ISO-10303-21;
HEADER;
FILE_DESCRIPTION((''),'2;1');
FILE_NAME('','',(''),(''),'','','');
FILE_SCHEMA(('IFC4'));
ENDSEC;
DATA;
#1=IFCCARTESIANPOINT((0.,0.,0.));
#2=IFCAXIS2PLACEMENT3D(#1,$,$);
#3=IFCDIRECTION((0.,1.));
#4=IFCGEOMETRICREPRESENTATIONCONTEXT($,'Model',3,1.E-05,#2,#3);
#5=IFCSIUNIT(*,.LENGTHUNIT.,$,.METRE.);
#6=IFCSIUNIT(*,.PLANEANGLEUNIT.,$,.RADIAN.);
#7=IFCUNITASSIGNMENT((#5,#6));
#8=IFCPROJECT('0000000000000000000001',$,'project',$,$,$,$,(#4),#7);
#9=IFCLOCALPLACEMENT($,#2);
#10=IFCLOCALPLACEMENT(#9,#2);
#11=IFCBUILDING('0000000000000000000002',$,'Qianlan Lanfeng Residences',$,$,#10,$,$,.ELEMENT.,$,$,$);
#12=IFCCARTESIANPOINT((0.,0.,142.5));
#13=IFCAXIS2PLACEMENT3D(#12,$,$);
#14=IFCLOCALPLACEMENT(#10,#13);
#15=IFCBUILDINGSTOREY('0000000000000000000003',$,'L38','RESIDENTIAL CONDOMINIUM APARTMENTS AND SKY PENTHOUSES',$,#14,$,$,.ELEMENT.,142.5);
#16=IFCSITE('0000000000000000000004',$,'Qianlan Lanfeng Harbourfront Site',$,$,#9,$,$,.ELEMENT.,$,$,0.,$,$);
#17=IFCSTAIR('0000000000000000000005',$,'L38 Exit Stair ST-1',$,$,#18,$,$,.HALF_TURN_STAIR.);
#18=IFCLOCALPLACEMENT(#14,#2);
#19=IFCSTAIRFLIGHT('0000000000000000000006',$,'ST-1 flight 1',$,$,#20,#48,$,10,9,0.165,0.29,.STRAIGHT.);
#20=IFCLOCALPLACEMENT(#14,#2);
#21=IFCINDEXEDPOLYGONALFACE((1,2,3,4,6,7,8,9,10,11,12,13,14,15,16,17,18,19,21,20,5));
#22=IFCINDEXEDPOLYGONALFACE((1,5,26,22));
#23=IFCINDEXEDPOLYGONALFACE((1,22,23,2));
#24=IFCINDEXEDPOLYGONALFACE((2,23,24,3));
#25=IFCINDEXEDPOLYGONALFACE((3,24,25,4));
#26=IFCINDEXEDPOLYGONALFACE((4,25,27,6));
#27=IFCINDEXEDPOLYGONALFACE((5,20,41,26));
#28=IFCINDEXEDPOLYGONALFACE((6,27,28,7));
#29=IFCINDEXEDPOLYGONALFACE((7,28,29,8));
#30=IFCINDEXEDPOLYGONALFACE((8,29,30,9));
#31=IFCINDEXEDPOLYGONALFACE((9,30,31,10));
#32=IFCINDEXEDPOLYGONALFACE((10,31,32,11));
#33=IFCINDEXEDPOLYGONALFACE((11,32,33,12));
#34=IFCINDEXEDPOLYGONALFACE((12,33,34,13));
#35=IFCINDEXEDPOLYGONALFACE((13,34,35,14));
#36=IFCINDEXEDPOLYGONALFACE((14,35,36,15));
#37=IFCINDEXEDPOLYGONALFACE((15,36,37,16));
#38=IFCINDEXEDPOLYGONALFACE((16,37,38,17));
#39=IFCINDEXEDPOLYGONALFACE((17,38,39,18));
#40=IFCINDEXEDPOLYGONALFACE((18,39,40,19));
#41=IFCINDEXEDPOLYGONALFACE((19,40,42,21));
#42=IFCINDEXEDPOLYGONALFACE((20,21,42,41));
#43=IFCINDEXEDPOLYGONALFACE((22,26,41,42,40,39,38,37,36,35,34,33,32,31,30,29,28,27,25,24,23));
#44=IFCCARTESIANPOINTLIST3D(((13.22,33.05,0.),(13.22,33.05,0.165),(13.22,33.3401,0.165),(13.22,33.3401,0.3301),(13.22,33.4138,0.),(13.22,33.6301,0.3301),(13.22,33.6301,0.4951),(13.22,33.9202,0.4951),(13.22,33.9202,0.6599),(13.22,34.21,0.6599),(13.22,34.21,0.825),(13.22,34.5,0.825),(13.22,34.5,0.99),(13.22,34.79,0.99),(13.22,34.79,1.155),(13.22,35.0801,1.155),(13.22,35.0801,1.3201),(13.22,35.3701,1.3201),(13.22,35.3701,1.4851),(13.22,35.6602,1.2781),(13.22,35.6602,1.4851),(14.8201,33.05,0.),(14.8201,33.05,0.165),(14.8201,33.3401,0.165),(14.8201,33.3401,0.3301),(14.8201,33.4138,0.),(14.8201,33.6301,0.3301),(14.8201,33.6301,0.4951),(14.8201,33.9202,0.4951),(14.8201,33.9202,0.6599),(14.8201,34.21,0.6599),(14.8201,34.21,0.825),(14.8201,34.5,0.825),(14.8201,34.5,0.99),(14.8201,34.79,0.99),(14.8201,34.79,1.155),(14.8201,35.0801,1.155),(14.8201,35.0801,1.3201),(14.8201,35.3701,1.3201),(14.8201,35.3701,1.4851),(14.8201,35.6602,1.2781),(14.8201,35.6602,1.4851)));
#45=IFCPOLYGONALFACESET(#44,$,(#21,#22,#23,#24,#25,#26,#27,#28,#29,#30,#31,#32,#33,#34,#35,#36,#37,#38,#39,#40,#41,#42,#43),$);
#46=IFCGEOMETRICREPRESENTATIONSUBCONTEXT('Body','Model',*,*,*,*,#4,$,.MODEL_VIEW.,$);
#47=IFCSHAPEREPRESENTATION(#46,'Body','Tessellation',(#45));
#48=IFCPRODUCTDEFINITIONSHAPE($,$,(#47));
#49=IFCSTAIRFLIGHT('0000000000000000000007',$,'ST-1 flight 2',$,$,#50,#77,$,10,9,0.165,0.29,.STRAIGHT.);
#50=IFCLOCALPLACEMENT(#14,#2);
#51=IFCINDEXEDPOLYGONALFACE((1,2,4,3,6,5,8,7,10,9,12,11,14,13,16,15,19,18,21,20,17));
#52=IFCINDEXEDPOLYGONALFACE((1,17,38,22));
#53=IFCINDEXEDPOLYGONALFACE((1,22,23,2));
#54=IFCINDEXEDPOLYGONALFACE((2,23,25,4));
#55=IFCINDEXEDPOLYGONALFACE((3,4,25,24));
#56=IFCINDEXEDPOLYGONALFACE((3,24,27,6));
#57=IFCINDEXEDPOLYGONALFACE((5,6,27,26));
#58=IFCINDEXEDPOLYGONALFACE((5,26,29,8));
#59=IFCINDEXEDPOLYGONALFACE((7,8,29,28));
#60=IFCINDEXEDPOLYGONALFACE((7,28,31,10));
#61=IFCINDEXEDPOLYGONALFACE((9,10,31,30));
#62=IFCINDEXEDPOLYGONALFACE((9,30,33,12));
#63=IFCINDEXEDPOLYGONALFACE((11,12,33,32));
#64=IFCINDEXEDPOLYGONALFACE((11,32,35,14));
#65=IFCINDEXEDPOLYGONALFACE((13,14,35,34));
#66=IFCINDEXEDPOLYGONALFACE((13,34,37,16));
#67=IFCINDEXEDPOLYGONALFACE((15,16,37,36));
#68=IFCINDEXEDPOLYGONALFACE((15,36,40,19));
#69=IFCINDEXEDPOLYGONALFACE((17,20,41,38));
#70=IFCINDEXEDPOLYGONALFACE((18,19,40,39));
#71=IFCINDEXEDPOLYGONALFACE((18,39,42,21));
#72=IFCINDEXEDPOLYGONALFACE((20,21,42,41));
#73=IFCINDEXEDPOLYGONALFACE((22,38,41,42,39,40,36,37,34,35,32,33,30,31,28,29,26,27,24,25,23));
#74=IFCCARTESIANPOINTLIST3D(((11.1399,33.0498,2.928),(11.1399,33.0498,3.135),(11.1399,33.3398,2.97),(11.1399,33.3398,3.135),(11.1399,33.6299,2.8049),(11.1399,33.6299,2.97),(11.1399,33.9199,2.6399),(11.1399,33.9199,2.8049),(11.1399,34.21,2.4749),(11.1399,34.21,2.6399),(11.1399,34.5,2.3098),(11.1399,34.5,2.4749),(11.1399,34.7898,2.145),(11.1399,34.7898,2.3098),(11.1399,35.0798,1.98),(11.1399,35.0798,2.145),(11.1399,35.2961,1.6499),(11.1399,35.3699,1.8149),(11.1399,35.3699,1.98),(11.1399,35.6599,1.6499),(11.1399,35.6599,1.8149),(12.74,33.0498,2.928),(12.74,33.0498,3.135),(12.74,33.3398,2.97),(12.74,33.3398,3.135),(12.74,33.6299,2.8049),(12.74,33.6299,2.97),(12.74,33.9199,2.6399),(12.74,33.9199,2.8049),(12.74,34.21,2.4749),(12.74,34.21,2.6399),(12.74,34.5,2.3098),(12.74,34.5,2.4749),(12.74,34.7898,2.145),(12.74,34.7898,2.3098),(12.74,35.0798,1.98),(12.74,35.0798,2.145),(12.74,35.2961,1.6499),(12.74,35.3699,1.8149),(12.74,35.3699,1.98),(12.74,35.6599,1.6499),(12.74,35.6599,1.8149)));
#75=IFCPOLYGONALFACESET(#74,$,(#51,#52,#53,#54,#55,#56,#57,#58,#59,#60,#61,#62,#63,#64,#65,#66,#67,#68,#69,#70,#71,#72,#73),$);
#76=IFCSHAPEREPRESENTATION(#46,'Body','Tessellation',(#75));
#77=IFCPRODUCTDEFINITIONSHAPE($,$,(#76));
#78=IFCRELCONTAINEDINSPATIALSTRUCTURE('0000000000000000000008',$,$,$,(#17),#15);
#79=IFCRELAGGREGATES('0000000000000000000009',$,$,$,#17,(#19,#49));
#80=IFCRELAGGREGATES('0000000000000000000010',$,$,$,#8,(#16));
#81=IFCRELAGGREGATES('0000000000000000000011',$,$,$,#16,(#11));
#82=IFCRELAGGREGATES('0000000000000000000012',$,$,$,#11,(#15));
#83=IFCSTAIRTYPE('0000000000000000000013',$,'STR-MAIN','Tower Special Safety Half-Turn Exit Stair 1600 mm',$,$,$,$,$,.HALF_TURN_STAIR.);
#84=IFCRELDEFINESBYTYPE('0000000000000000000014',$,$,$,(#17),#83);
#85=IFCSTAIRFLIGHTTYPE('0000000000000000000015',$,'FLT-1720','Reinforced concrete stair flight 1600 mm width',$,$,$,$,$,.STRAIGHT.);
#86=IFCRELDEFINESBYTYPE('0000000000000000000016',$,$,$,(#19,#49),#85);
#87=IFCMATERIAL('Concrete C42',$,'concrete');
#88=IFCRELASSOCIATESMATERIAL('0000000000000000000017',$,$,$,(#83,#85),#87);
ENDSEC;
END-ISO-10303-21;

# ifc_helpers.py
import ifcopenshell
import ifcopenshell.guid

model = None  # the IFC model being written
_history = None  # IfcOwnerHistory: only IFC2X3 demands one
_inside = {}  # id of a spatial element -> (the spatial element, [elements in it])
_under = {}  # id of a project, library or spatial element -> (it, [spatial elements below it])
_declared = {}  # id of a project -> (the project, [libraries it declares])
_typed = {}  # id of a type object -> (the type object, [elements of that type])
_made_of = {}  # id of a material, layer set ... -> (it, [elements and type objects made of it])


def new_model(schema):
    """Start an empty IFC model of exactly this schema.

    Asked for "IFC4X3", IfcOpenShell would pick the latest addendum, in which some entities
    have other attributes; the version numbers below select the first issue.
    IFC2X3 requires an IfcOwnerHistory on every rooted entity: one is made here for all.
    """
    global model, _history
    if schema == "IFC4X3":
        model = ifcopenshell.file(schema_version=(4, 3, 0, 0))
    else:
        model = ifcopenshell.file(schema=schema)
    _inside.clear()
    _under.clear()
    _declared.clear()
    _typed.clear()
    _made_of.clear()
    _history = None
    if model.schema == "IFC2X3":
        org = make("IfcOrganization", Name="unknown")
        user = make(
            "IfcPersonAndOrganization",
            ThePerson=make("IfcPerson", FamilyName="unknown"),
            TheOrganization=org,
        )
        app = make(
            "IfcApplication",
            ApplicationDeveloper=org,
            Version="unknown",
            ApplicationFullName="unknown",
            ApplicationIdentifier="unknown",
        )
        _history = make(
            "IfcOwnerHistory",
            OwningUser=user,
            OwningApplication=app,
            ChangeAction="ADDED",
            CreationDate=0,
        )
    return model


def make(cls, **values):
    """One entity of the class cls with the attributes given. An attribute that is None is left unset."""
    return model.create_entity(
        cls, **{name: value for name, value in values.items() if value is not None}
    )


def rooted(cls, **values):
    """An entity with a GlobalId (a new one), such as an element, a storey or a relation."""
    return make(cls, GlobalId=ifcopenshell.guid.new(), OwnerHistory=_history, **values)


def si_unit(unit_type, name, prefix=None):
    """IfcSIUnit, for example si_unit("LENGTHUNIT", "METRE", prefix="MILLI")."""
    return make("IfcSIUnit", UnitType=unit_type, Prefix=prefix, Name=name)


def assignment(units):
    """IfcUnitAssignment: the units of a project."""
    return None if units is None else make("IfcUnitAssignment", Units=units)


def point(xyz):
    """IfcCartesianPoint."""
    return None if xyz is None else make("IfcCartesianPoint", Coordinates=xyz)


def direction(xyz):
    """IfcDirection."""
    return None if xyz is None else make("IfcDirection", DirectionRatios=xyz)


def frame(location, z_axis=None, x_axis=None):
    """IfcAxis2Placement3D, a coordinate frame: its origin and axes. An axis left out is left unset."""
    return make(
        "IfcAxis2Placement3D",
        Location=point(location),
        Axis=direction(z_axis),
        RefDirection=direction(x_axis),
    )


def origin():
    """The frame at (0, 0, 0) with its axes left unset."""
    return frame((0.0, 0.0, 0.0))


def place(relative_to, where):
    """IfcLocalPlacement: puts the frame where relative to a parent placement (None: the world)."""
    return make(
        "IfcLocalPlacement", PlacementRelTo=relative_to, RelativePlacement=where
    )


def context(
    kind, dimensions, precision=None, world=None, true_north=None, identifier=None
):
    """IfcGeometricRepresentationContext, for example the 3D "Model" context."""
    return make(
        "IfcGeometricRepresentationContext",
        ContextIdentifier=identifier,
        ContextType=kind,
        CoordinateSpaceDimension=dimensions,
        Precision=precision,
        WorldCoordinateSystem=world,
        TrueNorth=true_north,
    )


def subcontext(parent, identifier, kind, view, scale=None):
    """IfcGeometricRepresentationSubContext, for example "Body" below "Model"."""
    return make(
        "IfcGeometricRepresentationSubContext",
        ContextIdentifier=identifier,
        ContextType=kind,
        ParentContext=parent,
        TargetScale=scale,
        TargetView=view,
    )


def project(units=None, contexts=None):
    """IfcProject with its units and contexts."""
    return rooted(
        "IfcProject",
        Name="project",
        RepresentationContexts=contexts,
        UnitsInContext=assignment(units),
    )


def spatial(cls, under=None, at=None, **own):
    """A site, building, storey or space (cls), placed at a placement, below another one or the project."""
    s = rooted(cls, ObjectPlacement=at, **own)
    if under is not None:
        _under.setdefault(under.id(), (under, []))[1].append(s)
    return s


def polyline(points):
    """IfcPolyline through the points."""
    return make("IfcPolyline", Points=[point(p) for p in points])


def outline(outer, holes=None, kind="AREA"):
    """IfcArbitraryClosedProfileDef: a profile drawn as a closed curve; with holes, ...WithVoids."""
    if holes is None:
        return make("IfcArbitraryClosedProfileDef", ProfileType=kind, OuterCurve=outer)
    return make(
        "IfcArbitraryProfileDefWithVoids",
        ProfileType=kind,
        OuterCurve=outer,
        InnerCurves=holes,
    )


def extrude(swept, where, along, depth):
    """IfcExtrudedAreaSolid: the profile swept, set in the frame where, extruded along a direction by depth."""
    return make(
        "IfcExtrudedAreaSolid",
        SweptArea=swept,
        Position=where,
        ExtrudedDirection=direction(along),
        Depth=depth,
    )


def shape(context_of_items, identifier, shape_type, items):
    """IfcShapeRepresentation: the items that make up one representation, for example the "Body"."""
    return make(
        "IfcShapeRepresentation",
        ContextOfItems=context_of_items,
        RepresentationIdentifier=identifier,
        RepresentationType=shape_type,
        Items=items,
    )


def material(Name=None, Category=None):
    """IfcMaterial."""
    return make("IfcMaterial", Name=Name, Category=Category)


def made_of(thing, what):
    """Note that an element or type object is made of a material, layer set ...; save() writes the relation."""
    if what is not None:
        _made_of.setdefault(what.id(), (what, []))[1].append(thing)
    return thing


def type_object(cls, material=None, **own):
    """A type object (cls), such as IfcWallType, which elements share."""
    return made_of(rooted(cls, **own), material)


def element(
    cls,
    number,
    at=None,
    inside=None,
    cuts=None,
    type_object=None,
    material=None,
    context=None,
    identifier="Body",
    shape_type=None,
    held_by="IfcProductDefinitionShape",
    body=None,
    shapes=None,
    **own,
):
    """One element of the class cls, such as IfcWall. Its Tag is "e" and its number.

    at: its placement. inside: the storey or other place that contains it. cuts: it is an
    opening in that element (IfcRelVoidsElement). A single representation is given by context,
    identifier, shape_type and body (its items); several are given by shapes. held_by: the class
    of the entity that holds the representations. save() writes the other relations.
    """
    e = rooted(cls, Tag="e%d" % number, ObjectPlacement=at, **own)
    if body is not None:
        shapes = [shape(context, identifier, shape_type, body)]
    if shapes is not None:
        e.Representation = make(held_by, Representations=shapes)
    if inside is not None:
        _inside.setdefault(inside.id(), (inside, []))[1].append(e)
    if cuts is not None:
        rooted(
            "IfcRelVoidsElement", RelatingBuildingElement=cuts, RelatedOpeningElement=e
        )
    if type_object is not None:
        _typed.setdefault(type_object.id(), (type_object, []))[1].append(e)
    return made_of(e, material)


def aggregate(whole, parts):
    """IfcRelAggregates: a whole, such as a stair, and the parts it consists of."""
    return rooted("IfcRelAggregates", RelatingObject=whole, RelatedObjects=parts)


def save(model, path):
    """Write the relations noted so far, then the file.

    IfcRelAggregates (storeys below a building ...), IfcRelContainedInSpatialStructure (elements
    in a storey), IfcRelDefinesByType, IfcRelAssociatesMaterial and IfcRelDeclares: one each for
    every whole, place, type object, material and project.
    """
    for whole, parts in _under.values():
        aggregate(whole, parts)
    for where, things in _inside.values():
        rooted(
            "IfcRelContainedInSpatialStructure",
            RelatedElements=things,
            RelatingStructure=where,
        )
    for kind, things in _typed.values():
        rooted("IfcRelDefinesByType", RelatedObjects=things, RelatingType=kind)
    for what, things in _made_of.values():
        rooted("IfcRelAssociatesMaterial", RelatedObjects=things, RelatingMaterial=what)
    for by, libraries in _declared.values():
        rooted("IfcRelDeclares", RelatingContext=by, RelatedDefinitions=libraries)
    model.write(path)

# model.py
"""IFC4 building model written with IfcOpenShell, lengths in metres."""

from ifc_helpers import new_model, si_unit, direction, frame, origin, place, context, subcontext, project, spatial, polyline, outline, extrude, material, type_object, element, aggregate, save


model = new_model("IFC4")

# Units and contexts
model_context = context("Model", 3, precision=1e-05, world=origin(), true_north=direction((0.0, 1.0)))
body_context = subcontext(model_context, "Body", "Model", "MODEL_VIEW")
ifc_project = project(units=[si_unit("LENGTHUNIT", "METRE"), si_unit("PLANEANGLEUNIT", "RADIAN")], contexts=[model_context])

# Site, building, storey
site_placement = place(None, origin())
site = spatial("IfcSite", under=ifc_project, at=site_placement, Name="Qianlan Lanfeng Harbourfront Site", CompositionType="ELEMENT", RefElevation=0.0)
building_placement = place(site_placement, origin())
building = spatial("IfcBuilding", under=site, at=building_placement, Name="Qianlan Lanfeng Residences", CompositionType="ELEMENT")
storey_placement = place(building_placement, frame((0.0, 0.0, 142.5)))
storey = spatial("IfcBuildingStorey", under=building, at=storey_placement, Name="L38", Description="RESIDENTIAL CONDOMINIUM APARTMENTS AND SKY PENTHOUSES", CompositionType="ELEMENT", Elevation=142.5)

# Shared definitions
ifc_material_1 = material(Name="Concrete C42", Category="concrete")

# Stair, stair flights
stair_type = type_object("IfcStairType", Name="STR-MAIN", Description="Tower Special Safety Half-Turn Exit Stair 1600 mm", PredefinedType="HALF_TURN_STAIR", material=ifc_material_1)
stair_placement = place(storey_placement, origin())
stair = element("IfcStair", 1, at=stair_placement, inside=storey, type_object=stair_type, Name="L38 Exit Stair ST-1", PredefinedType="HALF_TURN_STAIR")
stair_flight_type = type_object("IfcStairFlightType", Name="FLT-1720", Description="Reinforced concrete stair flight 1600 mm width", PredefinedType="STRAIGHT", material=ifc_material_1)
stair_flight_1_placement = place(storey_placement, frame((14.02, 33.05, 0.0), z_axis=(0.0, 0.0, 1.0), x_axis=(0.0, 1.0, 0.0)))
stair_flight_1 = element("IfcStairFlight", 2, at=stair_flight_1_placement, type_object=stair_flight_type, Name="ST-1 flight 1", NumberOfRisers=10, NumberOfTreads=9, PredefinedType="STRAIGHT", RiserHeight=0.165, TreadLength=0.29, context=body_context, shape_type="SweptSolid", body=[
    extrude(outline(polyline([(0.0, 0.0), (0.0, 0.165), (0.29, 0.165), (0.29, 0.3301), (0.5801, 0.3301), (0.5801, 0.4951), (0.8701, 0.4951), (0.8701, 0.6599), (1.1599, 0.6599), (1.1599, 0.825), (1.45, 0.825), (1.45, 0.99), (1.74, 0.99), (1.74, 1.155), (2.03, 1.155), (2.03, 1.3201), (2.3201, 1.3201), (2.3201, 1.4851), (2.6101, 1.4851), (2.6101, 1.6499), (2.6101, 1.2781), (0.3638, 0.0), (0.0, 0.0)])), frame((0.0, 0.8, 0.0), z_axis=(0.0, -1.0, 0.0), x_axis=(1.0, 0.0, 0.0)), (0.0, 0.0, 1.0), 1.6001),
])
stair_flight_2_placement = place(storey_placement, frame((11.9399, 35.6599, 1.6499), z_axis=(0.0, 0.0, 1.0), x_axis=(0.0, -1.0, 0.0)))
stair_flight_2 = element("IfcStairFlight", 3, at=stair_flight_2_placement, type_object=stair_flight_type, Name="ST-1 flight 2", NumberOfRisers=10, NumberOfTreads=9, PredefinedType="STRAIGHT", RiserHeight=0.165, TreadLength=0.29, context=body_context, shape_type="SweptSolid", body=[
    extrude(outline(polyline([(0.0, 0.0), (0.0, 0.165), (0.29, 0.165), (0.29, 0.3301), (0.5801, 0.3301), (0.5801, 0.4951), (0.8701, 0.4951), (0.8701, 0.6599), (1.1599, 0.6599), (1.1599, 0.825), (1.45, 0.825), (1.45, 0.99), (1.74, 0.99), (1.74, 1.155), (2.03, 1.155), (2.03, 1.3201), (2.3201, 1.3201), (2.3201, 1.4851), (2.6101, 1.4851), (2.6101, 1.6499), (2.6101, 1.2781), (0.3638, 0.0), (0.0, 0.0)])), frame((0.0, 0.8, 0.0), z_axis=(0.0, -1.0, 0.0), x_axis=(1.0, 0.0, 0.0)), (0.0, 0.0, 1.0), 1.6001),
])
aggregate(stair, [stair_flight_1, stair_flight_2])

save(model, "model.ifc")
